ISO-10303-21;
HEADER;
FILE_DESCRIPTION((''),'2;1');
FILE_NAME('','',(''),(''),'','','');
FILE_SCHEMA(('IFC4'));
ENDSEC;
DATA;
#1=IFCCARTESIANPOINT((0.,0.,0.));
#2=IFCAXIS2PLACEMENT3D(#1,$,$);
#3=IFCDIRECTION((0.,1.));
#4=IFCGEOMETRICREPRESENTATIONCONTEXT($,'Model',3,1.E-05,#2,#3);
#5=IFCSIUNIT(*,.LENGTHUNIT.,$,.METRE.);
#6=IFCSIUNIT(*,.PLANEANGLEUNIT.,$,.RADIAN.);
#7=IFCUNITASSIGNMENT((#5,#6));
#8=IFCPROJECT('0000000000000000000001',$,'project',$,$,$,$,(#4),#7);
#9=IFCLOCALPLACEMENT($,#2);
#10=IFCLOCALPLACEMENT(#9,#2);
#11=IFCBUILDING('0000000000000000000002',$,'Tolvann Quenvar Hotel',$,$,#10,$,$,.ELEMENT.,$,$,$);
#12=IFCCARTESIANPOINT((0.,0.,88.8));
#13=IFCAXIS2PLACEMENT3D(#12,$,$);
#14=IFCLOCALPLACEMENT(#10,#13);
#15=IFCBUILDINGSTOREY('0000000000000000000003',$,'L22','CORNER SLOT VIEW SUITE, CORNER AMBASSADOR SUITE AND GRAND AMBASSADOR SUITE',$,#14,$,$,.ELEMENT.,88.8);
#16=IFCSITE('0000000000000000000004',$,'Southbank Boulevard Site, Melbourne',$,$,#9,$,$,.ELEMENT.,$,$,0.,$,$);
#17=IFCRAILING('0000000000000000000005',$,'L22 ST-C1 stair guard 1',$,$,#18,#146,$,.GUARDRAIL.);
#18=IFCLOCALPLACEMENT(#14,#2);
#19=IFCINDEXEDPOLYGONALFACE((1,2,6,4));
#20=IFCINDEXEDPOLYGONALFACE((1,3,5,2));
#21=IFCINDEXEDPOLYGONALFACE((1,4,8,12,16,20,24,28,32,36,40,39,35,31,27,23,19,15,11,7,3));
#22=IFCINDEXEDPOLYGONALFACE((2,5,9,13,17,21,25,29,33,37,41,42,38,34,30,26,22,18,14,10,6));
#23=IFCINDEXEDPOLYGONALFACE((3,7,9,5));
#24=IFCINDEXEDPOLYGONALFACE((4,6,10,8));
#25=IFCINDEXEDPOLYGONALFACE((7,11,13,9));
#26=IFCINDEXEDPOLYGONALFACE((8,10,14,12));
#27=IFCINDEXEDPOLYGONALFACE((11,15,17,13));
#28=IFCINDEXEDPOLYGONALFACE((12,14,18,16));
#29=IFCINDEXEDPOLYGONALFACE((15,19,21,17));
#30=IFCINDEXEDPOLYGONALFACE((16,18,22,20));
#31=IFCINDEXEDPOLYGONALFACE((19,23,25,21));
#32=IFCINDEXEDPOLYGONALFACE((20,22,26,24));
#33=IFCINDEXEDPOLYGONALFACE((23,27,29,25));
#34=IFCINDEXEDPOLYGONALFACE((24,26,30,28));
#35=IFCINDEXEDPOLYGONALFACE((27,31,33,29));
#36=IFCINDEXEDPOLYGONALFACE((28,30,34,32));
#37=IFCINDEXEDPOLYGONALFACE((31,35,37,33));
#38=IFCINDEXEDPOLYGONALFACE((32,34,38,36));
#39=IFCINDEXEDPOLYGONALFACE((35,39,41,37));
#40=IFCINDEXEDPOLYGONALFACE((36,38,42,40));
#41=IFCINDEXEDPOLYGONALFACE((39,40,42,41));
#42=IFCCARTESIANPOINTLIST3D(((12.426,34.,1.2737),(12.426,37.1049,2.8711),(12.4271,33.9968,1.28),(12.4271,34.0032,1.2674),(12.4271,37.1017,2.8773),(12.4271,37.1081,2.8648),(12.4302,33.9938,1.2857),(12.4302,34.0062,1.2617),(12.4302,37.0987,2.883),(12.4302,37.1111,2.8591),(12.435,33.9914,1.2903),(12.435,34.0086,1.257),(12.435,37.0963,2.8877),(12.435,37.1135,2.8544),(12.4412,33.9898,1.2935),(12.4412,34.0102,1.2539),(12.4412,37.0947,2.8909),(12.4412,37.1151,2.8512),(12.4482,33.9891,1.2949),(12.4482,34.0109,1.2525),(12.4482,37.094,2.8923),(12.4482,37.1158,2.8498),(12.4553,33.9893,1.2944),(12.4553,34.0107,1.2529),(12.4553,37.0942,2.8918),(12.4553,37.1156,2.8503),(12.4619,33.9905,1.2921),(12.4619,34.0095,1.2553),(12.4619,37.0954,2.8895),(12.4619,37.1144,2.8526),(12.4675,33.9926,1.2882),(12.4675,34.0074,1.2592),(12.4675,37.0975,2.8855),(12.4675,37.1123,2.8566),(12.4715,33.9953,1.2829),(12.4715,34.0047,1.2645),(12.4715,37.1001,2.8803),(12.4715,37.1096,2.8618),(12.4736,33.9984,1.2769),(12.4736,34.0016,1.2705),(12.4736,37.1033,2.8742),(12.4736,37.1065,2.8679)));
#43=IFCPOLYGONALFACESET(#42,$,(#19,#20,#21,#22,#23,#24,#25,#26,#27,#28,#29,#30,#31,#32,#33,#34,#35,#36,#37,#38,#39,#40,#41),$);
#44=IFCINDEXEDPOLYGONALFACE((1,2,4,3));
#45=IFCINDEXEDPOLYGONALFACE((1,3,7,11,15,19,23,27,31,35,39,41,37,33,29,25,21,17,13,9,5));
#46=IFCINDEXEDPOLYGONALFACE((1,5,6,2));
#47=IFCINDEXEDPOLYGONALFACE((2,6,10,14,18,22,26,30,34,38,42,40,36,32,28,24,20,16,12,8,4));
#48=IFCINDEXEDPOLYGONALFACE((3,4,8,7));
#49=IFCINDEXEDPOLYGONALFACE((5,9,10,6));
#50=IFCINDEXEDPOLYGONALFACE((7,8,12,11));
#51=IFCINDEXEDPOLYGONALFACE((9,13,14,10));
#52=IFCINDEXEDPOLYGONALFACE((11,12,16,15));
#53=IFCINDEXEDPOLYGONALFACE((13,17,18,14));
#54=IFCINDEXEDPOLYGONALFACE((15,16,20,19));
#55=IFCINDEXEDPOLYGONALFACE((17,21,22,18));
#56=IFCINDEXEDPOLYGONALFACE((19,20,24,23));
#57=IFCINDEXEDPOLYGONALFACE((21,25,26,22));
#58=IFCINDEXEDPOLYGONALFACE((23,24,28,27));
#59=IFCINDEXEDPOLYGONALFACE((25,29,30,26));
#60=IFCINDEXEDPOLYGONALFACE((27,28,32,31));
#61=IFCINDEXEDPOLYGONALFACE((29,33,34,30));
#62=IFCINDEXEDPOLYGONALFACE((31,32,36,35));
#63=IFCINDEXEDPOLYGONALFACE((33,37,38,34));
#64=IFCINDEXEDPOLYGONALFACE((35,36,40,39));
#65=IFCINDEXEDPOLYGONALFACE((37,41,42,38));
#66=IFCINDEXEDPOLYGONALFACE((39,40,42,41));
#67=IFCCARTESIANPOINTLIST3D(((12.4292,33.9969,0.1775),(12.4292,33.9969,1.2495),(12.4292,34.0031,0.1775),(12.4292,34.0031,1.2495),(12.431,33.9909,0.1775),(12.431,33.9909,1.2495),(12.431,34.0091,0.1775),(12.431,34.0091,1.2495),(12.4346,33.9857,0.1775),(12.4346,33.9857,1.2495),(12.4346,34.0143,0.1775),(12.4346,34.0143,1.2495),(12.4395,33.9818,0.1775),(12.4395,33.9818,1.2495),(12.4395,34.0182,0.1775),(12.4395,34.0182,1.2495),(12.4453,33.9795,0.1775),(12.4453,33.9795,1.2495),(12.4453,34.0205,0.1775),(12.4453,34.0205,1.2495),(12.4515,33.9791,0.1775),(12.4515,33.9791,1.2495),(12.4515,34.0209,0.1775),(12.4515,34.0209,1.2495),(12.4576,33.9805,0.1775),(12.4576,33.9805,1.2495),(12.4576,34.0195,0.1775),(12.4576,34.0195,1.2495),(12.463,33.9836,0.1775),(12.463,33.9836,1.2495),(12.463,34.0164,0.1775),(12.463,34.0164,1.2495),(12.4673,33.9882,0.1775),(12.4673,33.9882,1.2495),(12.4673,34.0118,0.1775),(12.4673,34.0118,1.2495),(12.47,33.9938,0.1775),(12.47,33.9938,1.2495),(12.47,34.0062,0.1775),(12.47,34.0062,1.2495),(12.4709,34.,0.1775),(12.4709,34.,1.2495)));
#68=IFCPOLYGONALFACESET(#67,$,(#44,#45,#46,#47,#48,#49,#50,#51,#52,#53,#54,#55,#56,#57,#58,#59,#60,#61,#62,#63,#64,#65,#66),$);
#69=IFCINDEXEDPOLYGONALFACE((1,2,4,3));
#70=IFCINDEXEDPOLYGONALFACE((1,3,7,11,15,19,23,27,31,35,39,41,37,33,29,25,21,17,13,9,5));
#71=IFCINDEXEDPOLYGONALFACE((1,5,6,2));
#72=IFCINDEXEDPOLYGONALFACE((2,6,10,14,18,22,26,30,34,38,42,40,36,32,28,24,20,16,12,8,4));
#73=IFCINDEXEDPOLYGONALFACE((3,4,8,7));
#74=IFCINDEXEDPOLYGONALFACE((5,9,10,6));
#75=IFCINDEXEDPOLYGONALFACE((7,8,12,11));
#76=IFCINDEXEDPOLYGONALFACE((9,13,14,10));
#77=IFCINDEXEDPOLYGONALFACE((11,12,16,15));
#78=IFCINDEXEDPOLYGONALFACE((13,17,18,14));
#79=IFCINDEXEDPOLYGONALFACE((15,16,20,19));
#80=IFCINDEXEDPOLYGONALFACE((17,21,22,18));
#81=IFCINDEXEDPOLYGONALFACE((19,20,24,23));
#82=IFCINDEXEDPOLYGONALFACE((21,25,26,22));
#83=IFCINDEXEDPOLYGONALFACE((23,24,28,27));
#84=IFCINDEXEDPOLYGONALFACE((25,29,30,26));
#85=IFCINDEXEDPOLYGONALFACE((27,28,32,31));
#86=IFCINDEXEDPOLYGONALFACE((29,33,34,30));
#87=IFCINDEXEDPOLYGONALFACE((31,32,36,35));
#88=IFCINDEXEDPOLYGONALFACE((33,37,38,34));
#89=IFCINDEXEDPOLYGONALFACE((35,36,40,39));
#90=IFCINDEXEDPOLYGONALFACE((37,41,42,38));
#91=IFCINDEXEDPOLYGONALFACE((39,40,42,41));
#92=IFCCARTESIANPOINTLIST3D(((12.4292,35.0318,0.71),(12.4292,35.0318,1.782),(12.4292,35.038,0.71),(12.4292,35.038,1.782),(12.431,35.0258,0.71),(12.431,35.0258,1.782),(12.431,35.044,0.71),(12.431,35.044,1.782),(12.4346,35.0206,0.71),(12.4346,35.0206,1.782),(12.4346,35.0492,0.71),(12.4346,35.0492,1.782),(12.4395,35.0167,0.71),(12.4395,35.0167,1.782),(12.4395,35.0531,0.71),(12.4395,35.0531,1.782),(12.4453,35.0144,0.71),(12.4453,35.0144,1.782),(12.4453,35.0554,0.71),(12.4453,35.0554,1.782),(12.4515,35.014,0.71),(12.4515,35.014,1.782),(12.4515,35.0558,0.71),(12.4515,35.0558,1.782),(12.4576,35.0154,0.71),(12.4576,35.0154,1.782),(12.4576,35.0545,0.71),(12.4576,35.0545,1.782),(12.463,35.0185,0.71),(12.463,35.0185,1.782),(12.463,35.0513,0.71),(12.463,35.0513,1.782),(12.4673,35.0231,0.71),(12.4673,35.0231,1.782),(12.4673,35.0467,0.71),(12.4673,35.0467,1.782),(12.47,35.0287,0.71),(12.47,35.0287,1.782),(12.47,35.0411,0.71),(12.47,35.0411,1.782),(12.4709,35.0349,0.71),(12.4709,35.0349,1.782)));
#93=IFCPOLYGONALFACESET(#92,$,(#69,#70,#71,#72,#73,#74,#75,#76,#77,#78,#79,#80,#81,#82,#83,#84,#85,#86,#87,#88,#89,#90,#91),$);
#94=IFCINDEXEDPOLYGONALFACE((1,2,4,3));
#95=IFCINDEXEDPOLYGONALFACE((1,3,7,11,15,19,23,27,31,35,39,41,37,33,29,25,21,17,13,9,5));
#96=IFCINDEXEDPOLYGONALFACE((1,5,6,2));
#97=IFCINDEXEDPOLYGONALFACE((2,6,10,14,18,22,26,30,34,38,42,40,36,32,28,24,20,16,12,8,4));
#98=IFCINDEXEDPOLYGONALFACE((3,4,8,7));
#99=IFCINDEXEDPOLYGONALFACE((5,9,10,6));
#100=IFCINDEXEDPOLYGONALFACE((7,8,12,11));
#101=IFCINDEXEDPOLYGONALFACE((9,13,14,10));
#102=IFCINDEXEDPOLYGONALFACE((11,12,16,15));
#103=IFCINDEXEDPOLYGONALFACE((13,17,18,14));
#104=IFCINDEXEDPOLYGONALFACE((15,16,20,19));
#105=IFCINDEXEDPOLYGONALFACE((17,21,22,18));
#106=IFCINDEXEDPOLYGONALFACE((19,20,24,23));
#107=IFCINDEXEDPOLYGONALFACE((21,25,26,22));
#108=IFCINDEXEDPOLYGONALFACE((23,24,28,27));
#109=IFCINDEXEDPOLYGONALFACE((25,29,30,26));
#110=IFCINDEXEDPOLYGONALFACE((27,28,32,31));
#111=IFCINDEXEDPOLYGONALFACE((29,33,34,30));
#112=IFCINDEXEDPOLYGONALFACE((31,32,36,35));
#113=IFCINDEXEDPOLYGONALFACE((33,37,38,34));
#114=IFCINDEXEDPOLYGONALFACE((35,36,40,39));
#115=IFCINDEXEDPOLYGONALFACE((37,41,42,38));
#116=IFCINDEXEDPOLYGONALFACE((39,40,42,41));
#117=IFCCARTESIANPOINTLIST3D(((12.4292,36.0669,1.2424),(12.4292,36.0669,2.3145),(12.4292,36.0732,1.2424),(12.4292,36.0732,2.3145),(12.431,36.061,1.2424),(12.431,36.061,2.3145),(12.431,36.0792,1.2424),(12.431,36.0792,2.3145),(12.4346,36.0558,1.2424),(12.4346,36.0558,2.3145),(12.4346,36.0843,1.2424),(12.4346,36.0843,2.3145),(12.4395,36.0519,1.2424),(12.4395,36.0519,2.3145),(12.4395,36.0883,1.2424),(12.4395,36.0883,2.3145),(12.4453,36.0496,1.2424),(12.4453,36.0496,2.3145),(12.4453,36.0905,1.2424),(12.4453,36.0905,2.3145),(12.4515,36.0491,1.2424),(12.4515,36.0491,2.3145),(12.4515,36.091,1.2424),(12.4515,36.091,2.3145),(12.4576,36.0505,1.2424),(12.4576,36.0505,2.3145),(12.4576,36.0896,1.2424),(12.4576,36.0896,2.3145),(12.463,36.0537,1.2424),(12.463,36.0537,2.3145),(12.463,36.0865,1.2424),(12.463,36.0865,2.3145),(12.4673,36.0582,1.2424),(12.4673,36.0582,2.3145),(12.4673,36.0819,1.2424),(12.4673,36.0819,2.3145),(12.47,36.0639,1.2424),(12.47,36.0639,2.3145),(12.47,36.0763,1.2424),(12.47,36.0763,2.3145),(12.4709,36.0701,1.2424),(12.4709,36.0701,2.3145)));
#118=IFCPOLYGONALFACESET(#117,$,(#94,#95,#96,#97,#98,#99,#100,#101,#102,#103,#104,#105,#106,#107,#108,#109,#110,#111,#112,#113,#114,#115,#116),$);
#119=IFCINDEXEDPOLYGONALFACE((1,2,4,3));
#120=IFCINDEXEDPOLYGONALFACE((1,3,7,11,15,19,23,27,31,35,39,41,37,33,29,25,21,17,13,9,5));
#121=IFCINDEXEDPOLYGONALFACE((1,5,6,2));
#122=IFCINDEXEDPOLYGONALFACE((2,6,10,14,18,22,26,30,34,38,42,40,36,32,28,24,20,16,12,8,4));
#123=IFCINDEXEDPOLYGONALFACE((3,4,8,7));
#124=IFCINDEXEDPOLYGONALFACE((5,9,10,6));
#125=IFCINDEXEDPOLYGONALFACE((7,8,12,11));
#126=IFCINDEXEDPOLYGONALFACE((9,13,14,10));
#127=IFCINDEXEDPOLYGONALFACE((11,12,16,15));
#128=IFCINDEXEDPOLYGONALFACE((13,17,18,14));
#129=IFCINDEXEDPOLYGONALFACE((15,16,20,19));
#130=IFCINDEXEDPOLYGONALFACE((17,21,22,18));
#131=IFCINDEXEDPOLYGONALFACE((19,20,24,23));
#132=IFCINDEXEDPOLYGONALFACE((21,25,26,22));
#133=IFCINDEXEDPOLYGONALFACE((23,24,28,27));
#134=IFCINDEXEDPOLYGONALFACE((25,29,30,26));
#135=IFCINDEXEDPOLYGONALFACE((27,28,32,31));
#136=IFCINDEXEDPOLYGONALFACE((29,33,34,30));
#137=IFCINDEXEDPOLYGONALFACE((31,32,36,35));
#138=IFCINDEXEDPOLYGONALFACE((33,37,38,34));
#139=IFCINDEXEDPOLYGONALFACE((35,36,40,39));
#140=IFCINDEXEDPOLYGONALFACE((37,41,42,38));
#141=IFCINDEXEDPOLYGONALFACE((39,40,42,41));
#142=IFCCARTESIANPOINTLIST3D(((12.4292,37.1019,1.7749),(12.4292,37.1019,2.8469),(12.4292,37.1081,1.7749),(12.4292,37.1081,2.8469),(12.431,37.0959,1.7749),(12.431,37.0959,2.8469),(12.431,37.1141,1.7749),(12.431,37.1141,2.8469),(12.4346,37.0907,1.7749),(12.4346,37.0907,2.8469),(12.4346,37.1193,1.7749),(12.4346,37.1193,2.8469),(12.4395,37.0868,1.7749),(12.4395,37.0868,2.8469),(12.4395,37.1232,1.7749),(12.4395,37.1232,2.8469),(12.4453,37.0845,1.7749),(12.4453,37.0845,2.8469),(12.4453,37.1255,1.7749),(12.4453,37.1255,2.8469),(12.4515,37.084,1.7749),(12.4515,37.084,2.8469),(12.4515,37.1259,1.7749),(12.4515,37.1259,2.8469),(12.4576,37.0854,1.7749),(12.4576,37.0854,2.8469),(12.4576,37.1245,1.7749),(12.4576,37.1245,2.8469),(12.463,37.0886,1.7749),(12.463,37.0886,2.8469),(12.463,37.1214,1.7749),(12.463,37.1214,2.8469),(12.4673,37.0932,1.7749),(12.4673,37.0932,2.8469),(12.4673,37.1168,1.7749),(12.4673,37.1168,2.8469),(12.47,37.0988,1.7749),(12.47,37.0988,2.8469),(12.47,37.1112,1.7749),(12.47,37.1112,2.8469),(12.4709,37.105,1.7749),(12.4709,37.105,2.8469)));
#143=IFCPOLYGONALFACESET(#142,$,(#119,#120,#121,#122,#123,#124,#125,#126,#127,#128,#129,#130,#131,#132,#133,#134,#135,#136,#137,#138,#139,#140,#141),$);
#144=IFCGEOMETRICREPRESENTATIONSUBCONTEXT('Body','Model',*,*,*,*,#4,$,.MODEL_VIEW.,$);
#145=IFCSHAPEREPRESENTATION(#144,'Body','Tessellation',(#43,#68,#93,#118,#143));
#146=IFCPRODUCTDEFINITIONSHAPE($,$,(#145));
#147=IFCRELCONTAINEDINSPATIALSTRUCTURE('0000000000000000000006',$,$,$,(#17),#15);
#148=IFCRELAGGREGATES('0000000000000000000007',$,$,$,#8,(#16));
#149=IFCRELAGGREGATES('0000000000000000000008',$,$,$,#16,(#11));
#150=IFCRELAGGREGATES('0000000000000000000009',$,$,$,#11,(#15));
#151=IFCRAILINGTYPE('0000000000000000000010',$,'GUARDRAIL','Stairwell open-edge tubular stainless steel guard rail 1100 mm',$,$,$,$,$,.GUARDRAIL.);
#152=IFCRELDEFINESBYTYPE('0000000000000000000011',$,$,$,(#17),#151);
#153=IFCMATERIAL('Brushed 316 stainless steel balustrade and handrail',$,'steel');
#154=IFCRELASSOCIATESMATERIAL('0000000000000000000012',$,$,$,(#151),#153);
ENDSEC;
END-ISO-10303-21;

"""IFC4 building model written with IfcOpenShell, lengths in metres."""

from ifc_helpers import new_model, si_unit, direction, frame, origin, origin_2d, place, context, subcontext, project, spatial, circle, extrude, material, type_object, element, save


model = new_model("IFC4")

# Units and contexts
model_context = context("Model", 3, precision=1e-05, world=origin(), true_north=direction((0.0, 1.0)))
body_context = subcontext(model_context, "Body", "Model", "MODEL_VIEW")
ifc_project = project(units=[si_unit("LENGTHUNIT", "METRE"), si_unit("PLANEANGLEUNIT", "RADIAN")], contexts=[model_context])

# Site, building, storey
site_placement = place(None, origin())
site = spatial("IfcSite", under=ifc_project, at=site_placement, Name="Southbank Boulevard Site, Melbourne", CompositionType="ELEMENT", RefElevation=0.0)
building_placement = place(site_placement, origin())
building = spatial("IfcBuilding", under=site, at=building_placement, Name="Tolvann Quenvar Hotel", CompositionType="ELEMENT")
storey_placement = place(building_placement, frame((0.0, 0.0, 88.8)))
storey = spatial("IfcBuildingStorey", under=building, at=storey_placement, Name="L22", Description="CORNER SLOT VIEW SUITE, CORNER AMBASSADOR SUITE AND GRAND AMBASSADOR SUITE", CompositionType="ELEMENT", Elevation=88.8)

# Railing
ifc_material_1 = material(Name="Brushed 316 stainless steel balustrade and handrail", Category="steel")
railing_type_1 = type_object("IfcRailingType", Name="GUARDRAIL", Description="Stairwell open-edge tubular stainless steel guard rail 1100 mm", PredefinedType="GUARDRAIL", material=ifc_material_1)
railing_1_placement = place(storey_placement, frame((12.45, 34.0, 0.1775)))
element("IfcRailing", 1, at=railing_1_placement, inside=storey, type_object=railing_type_1, Name="L22 ST-C1 stair guard 1", PredefinedType="GUARDRAIL", context=body_context, shape_type="SweptSolid", body=[
    extrude(circle(Radius=0.0239, at=origin_2d()), frame((0.0, 0.0, 1.0962), z_axis=(0.0, 0.889222, 0.457476), x_axis=(-1.0, 0.0, 0.0)), (0.0, 0.0, 1.0), 3.4917),
    extrude(circle(Radius=0.021, at=origin_2d()), origin(), (0.0, 0.0, 1.0), 1.072),
    extrude(circle(Radius=0.021, at=origin_2d()), frame((0.0, 1.0349, 0.5325)), (0.0, 0.0, 1.0), 1.072),
    extrude(circle(Radius=0.021, at=origin_2d()), frame((0.0, 2.0701, 1.0649)), (0.0, 0.0, 1.0), 1.072),
    extrude(circle(Radius=0.021, at=origin_2d()), frame((0.0, 3.105, 1.5974)), (0.0, 0.0, 1.0), 1.072),
])

save(model, "model.ifc")
